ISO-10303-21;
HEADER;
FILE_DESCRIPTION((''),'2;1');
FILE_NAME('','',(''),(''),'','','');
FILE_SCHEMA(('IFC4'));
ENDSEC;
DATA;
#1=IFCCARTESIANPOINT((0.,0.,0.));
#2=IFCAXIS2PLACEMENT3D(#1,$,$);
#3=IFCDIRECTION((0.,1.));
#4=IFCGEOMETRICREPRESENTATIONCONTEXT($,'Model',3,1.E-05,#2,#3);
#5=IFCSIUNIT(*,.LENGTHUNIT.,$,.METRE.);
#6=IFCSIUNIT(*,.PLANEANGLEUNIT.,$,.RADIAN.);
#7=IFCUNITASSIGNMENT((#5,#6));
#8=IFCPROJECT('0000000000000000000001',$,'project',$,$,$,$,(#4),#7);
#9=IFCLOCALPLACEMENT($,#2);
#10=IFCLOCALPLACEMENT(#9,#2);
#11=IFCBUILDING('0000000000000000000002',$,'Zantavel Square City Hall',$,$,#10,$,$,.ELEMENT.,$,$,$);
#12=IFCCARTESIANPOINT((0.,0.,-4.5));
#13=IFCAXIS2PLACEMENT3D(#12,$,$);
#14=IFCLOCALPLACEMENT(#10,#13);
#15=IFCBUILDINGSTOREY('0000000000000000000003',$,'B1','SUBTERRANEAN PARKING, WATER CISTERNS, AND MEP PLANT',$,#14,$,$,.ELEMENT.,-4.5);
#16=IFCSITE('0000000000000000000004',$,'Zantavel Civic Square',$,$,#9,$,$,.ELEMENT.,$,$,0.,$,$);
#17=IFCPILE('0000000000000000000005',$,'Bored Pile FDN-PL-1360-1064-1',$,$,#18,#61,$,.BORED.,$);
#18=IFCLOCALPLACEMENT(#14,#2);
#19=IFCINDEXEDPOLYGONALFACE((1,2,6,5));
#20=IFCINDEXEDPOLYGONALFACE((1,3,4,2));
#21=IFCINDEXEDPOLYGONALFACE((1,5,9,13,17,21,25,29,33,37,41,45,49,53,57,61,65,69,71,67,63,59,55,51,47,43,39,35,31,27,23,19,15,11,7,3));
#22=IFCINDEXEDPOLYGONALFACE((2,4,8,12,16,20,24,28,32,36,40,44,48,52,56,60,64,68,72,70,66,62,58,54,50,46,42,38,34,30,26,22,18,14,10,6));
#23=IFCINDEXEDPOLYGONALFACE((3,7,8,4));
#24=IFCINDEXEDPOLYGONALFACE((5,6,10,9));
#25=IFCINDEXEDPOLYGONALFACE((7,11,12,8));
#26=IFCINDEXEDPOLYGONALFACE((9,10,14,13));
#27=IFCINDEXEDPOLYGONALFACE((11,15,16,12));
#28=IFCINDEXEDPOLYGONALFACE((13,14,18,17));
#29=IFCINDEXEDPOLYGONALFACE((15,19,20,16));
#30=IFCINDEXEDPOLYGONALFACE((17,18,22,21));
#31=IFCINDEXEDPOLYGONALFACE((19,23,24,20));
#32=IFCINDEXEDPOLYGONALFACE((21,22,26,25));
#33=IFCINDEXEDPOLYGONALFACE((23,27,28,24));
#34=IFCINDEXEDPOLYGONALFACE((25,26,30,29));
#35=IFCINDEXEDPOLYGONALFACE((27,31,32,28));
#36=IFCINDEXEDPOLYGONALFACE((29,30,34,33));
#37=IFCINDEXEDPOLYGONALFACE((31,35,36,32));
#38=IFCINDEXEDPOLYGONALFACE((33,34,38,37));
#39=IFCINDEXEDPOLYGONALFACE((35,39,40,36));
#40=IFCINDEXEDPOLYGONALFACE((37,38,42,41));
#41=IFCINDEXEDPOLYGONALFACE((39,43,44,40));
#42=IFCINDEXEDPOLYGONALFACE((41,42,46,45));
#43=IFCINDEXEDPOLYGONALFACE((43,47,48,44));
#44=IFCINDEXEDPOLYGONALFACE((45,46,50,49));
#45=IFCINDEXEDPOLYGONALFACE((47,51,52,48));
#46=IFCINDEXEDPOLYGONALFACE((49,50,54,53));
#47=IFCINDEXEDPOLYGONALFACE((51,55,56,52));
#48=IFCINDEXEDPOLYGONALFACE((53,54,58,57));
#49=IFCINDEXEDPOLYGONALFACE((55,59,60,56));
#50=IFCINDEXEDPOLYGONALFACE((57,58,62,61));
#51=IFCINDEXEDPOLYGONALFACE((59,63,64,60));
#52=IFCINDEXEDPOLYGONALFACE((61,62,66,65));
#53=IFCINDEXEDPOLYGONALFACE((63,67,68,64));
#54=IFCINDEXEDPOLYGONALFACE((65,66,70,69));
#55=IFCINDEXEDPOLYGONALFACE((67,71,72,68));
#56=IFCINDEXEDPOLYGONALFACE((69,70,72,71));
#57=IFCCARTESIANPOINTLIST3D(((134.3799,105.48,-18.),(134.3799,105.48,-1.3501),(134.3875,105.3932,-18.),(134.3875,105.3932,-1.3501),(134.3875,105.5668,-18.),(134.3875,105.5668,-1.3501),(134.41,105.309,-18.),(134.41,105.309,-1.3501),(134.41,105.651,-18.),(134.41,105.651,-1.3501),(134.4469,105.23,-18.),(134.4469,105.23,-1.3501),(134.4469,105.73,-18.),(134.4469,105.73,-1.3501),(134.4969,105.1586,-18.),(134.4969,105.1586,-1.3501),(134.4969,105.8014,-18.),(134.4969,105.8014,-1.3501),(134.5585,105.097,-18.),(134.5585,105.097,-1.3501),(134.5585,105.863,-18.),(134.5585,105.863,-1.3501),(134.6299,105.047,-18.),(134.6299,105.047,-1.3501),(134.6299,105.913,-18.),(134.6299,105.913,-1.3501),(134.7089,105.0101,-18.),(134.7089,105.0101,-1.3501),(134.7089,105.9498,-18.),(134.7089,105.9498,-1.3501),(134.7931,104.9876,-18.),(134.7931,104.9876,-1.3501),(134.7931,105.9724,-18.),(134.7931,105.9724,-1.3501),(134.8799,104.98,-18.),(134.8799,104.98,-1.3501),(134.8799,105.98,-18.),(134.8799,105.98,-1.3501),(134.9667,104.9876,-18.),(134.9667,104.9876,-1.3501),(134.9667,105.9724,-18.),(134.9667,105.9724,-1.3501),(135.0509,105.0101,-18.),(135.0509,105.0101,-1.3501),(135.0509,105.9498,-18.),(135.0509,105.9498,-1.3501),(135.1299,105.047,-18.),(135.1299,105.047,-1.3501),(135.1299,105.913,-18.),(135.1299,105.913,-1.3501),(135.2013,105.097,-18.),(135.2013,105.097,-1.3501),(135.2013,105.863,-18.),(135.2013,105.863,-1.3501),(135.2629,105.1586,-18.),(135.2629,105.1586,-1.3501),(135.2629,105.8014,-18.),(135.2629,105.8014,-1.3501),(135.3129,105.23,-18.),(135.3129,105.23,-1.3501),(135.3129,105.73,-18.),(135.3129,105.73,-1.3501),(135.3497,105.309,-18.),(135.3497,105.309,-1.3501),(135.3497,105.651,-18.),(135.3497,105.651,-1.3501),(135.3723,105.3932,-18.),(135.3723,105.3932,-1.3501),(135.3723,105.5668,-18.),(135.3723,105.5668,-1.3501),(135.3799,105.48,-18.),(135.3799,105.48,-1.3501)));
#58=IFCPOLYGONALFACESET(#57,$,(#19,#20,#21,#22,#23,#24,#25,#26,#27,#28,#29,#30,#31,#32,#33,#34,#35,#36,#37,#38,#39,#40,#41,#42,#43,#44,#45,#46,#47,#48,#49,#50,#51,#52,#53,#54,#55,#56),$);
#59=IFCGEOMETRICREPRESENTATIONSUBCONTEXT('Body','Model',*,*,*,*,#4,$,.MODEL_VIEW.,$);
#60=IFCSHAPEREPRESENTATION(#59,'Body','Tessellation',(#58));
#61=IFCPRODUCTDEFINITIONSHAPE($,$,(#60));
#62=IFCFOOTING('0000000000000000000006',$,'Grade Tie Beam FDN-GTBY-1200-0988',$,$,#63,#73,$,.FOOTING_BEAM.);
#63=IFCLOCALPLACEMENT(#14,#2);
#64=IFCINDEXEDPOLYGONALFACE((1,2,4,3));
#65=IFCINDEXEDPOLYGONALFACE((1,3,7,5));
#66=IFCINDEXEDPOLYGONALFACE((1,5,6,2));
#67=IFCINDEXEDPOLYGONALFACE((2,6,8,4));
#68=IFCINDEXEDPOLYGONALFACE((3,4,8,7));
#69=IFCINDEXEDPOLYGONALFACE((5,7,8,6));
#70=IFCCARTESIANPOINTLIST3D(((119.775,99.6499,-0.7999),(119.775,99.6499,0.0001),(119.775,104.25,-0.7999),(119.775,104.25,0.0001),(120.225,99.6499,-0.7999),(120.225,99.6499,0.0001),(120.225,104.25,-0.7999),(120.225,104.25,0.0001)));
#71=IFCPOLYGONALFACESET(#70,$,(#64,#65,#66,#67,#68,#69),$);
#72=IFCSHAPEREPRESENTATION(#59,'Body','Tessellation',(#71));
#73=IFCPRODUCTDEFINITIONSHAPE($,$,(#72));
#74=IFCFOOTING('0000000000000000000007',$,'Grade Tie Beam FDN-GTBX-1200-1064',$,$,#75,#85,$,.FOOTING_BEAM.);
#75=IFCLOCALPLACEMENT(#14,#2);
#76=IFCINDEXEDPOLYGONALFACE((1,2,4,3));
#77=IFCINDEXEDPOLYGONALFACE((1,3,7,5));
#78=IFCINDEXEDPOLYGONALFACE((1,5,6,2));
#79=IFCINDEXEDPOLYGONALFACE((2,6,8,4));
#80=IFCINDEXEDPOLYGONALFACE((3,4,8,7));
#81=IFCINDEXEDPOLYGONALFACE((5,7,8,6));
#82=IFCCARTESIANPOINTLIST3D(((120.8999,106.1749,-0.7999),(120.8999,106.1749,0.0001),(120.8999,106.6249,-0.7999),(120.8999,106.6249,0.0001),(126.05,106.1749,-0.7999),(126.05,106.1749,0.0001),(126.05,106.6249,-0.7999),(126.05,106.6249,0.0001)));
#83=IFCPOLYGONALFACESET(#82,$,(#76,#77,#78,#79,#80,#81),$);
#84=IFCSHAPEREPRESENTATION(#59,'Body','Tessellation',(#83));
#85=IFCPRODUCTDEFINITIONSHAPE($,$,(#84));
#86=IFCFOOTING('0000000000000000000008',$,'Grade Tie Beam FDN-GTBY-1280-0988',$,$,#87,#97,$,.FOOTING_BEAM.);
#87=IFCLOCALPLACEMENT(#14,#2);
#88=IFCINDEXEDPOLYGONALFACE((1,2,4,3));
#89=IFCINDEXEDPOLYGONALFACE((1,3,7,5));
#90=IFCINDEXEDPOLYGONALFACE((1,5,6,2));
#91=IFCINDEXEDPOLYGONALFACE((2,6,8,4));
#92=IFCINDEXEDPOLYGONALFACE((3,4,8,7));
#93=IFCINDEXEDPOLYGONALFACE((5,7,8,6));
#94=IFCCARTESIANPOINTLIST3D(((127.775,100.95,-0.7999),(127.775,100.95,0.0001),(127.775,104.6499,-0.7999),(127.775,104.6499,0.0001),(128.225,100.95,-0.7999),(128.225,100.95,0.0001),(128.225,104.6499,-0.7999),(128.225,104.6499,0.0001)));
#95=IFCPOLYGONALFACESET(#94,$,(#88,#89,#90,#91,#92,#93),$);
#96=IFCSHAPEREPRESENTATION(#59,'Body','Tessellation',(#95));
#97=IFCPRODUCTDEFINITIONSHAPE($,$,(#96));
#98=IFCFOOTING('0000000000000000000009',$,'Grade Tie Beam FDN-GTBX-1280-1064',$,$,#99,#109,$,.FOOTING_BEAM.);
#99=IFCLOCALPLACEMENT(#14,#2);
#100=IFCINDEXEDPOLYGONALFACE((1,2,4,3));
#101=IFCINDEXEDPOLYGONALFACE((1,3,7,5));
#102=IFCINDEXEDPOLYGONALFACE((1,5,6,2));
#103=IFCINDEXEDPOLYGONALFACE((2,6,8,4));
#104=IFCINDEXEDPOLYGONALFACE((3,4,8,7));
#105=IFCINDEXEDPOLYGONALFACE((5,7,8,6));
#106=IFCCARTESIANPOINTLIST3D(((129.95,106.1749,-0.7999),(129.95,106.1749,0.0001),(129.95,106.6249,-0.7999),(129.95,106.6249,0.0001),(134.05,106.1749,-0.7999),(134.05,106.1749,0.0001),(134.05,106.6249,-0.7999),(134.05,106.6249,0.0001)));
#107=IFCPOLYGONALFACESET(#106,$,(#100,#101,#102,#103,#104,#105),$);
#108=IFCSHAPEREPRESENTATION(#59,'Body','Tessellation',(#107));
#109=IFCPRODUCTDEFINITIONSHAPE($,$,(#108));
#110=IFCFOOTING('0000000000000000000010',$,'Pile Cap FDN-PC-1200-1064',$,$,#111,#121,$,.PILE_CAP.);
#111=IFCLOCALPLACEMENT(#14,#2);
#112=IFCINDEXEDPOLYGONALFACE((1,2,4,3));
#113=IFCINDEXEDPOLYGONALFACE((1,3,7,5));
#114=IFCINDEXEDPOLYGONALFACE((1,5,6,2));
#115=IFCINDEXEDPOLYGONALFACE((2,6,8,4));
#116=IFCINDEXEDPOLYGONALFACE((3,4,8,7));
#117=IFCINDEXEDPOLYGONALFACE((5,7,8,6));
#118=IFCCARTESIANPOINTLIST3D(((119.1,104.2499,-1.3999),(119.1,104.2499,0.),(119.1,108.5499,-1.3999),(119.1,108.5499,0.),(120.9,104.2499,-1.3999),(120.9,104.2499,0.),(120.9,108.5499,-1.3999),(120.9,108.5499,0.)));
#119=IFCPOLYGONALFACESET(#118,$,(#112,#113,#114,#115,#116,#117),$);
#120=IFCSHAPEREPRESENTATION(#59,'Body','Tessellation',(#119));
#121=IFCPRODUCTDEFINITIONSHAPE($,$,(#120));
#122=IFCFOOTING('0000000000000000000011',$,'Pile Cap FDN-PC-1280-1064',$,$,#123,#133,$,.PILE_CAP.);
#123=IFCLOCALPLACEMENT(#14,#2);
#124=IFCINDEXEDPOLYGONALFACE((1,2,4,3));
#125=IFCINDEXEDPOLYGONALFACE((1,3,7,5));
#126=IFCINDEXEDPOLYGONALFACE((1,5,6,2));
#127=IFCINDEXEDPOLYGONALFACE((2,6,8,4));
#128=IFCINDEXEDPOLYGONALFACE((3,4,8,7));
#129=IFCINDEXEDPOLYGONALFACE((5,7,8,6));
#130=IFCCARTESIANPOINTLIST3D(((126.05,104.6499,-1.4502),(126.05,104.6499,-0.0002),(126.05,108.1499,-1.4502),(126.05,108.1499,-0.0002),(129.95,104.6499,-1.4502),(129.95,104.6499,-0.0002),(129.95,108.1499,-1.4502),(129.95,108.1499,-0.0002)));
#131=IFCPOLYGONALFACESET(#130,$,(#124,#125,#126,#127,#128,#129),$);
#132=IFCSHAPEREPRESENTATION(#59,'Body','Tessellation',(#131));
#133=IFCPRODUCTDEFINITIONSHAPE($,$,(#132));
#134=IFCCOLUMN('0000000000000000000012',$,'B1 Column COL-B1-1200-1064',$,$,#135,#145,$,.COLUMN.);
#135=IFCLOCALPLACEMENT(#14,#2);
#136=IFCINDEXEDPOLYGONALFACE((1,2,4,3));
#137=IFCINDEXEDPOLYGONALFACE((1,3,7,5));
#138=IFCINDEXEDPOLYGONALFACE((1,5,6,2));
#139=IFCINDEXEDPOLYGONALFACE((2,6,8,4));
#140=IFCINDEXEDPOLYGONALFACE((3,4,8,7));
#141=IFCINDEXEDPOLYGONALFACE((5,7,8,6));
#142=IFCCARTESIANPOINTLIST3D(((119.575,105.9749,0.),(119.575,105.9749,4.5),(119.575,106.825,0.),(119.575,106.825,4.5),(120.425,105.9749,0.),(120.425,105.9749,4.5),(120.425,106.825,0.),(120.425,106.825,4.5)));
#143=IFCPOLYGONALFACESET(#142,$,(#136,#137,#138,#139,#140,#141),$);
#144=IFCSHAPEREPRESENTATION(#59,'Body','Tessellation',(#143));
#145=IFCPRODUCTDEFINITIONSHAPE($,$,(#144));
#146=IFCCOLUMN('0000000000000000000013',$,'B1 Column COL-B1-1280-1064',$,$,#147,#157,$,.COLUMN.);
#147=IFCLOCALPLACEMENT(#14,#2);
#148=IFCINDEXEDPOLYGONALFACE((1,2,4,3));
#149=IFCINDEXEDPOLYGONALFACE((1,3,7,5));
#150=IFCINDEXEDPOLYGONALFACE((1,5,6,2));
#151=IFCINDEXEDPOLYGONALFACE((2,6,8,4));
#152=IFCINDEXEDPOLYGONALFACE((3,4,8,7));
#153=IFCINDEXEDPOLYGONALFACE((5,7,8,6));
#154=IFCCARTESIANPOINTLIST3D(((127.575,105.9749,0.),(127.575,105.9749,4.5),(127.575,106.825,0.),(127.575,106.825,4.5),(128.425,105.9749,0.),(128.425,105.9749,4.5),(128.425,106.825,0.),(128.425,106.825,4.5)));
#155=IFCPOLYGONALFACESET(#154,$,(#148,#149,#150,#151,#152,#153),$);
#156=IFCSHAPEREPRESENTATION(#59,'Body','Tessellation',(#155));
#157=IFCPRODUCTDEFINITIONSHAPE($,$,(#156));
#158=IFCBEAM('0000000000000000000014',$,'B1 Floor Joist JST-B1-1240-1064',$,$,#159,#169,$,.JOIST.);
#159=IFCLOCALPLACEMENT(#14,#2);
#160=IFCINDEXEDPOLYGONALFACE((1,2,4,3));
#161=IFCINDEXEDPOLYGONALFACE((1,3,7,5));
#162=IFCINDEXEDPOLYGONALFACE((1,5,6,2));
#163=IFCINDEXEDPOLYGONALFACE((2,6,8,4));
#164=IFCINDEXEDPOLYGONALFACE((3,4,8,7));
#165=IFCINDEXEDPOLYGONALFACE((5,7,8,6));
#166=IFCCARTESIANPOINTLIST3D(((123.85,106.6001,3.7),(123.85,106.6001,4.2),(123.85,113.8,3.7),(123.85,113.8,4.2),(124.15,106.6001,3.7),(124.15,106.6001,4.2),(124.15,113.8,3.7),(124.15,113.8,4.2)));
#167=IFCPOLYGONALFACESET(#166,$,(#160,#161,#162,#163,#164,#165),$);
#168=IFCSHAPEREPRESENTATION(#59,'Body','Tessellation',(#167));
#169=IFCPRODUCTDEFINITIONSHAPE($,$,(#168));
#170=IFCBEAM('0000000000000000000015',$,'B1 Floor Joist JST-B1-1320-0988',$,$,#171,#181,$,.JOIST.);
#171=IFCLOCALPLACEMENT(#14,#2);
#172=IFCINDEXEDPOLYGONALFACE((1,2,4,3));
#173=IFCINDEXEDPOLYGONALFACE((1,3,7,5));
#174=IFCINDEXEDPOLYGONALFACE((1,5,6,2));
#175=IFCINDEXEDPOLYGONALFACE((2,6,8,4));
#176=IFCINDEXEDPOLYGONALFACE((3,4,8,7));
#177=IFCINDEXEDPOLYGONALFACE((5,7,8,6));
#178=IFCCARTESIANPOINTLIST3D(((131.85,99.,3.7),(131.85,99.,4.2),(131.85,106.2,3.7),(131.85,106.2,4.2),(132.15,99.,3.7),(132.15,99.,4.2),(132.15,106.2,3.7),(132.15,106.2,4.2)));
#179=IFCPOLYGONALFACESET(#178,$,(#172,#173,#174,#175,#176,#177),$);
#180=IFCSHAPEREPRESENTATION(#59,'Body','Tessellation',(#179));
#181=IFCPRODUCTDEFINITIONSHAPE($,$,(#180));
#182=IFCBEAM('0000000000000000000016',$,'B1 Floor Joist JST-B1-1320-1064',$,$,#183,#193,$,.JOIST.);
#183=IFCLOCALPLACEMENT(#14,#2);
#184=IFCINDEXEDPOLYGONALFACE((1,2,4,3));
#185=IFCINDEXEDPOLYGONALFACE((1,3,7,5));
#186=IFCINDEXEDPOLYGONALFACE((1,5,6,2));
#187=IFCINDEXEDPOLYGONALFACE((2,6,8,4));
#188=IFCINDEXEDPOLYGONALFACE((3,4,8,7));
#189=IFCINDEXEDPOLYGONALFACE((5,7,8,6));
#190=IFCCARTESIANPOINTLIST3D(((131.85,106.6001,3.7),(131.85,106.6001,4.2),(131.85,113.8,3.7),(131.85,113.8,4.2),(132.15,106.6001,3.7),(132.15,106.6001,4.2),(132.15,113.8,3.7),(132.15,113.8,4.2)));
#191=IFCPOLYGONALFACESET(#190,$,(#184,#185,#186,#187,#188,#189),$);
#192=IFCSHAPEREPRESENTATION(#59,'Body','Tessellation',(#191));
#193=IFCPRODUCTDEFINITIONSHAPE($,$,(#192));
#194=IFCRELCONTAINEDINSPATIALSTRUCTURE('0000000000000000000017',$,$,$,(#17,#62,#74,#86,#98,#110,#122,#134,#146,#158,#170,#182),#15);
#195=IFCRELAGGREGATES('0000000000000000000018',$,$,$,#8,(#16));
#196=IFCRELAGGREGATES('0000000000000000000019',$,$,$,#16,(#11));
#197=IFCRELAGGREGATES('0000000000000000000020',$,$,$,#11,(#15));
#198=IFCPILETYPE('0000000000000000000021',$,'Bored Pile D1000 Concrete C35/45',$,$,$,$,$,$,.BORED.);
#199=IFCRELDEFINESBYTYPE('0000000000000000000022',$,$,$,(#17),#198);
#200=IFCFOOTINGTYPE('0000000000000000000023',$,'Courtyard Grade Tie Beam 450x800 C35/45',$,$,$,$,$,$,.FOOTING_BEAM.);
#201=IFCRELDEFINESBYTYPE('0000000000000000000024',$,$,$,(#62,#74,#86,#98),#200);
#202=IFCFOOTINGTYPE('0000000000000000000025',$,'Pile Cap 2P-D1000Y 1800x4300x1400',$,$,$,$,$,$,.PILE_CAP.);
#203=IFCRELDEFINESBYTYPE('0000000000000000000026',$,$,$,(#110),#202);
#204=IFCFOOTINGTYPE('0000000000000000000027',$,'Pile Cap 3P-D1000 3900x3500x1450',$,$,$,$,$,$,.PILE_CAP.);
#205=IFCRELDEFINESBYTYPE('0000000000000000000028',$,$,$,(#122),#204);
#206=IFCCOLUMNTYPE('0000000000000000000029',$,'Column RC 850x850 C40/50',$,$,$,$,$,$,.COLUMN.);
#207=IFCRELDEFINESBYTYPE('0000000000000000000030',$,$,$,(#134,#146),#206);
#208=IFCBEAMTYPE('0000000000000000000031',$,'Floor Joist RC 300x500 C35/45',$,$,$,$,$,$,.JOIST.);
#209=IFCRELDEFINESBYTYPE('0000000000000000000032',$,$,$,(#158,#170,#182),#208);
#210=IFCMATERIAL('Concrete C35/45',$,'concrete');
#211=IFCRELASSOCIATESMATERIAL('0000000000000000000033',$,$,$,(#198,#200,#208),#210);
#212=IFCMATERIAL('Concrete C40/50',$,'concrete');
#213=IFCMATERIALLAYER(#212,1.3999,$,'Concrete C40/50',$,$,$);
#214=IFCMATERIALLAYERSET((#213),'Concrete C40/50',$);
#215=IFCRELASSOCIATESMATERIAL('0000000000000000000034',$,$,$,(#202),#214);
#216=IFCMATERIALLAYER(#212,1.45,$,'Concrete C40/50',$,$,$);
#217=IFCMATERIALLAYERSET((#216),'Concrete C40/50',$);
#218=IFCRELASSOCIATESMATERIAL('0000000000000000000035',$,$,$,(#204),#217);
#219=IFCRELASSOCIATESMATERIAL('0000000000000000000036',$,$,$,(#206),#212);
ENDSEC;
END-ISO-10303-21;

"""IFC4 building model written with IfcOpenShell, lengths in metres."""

from ifc_helpers import new_model, si_unit, direction, frame, origin, origin_2d, place, context, subcontext, project, spatial, rectangle, circle, extrude, material, layer, layer_set, material_profile, profile_set, type_object, element, save


model = new_model("IFC4")

# Units and contexts
model_context = context("Model", 3, precision=1e-05, world=origin(), true_north=direction((0.0, 1.0)))
body_context = subcontext(model_context, "Body", "Model", "MODEL_VIEW")
ifc_project = project(units=[si_unit("LENGTHUNIT", "METRE"), si_unit("PLANEANGLEUNIT", "RADIAN")], contexts=[model_context])

# Site, building, storey
site_placement = place(None, origin())
site = spatial("IfcSite", under=ifc_project, at=site_placement, Name="Zantavel Civic Square", CompositionType="ELEMENT", RefElevation=0.0)
building_placement = place(site_placement, origin())
building = spatial("IfcBuilding", under=site, at=building_placement, Name="Zantavel Square City Hall", CompositionType="ELEMENT")
storey_placement = place(building_placement, frame((0.0, 0.0, -4.5)))
storey = spatial("IfcBuildingStorey", under=building, at=storey_placement, Name="B1", Description="SUBTERRANEAN PARKING, WATER CISTERNS, AND MEP PLANT", CompositionType="ELEMENT", Elevation=-4.5)

# Pile
ifc_material_1 = material(Name="Concrete C35/45", Category="concrete")
ifc_material_profile_1 = material_profile(ifc_material_1, circle(Radius=0.5, at=origin_2d()), Name="PILE D1000")
ifc_profile_set_1 = profile_set([ifc_material_profile_1], Name="Concrete C35/45")
pile_type = type_object("IfcPileType", Name="Bored Pile D1000 Concrete C35/45", PredefinedType="BORED", material=ifc_profile_set_1)
for number, where, z_axis, x_axis, name in (
    (1, (134.8799, 105.48, -1.3501), (0.0, 0.0, -1.0), (1.0, 0.0, 0.0), "Bored Pile FDN-PL-1360-1064-1"),
):
    element("IfcPile", number, at=place(storey_placement, frame(where, z_axis=z_axis, x_axis=x_axis)), inside=storey, type_object=pile_type, Name=name, PredefinedType="BORED", context=body_context, shape_type="SweptSolid", body=[
        extrude(circle(Radius=0.5, at=origin_2d()), origin(), (0.0, 0.0, 1.0), 16.6499),
    ])

# Footings
ifc_material_profile_2 = material_profile(ifc_material_1, rectangle(XDim=0.45, YDim=0.8, at=origin_2d()), Name="RC 450x800")
ifc_profile_set_2 = profile_set([ifc_material_profile_2], Name="Concrete C35/45")
footing_type_1 = type_object("IfcFootingType", Name="Courtyard Grade Tie Beam 450x800 C35/45", PredefinedType="FOOTING_BEAM", material=ifc_profile_set_2)
footing_1_placement = place(storey_placement, frame((120.0, 99.6499, -0.3999), z_axis=(0.0, 1.0, 0.0), x_axis=(-1.0, 0.0, 0.0)))
element("IfcFooting", 2, at=footing_1_placement, inside=storey, type_object=footing_type_1, Name="Grade Tie Beam FDN-GTBY-1200-0988", PredefinedType="FOOTING_BEAM", context=body_context, shape_type="SweptSolid", body=[
    extrude(rectangle(XDim=0.45, YDim=0.8, at=origin_2d()), origin(), (0.0, 0.0, 1.0), 4.6001),
])
footing_2_placement = place(storey_placement, frame((120.8999, 106.3999, -0.3999), z_axis=(1.0, 0.0, 0.0), x_axis=(0.0, 1.0, 0.0)))
element("IfcFooting", 3, at=footing_2_placement, inside=storey, type_object=footing_type_1, Name="Grade Tie Beam FDN-GTBX-1200-1064", PredefinedType="FOOTING_BEAM", context=body_context, shape_type="SweptSolid", body=[
    extrude(rectangle(XDim=0.45, YDim=0.8, at=origin_2d()), origin(), (0.0, 0.0, 1.0), 5.1501),
])
footing_3_placement = place(storey_placement, frame((128.0, 100.95, -0.3999), z_axis=(0.0, 1.0, 0.0), x_axis=(-1.0, 0.0, 0.0)))
element("IfcFooting", 4, at=footing_3_placement, inside=storey, type_object=footing_type_1, Name="Grade Tie Beam FDN-GTBY-1280-0988", PredefinedType="FOOTING_BEAM", context=body_context, shape_type="SweptSolid", body=[
    extrude(rectangle(XDim=0.45, YDim=0.8, at=origin_2d()), origin(), (0.0, 0.0, 1.0), 3.7),
])
footing_4_placement = place(storey_placement, frame((129.95, 106.3999, -0.3999), z_axis=(1.0, 0.0, 0.0), x_axis=(0.0, 1.0, 0.0)))
element("IfcFooting", 5, at=footing_4_placement, inside=storey, type_object=footing_type_1, Name="Grade Tie Beam FDN-GTBX-1280-1064", PredefinedType="FOOTING_BEAM", context=body_context, shape_type="SweptSolid", body=[
    extrude(rectangle(XDim=0.45, YDim=0.8, at=origin_2d()), origin(), (0.0, 0.0, 1.0), 4.1001),
])
ifc_material_2 = material(Name="Concrete C40/50", Category="concrete")
ifc_layer_1 = layer(ifc_material_2, 1.3999, Name="Concrete C40/50")
ifc_layer_set_1 = layer_set([ifc_layer_1], Name="Concrete C40/50")
footing_type_2 = type_object("IfcFootingType", Name="Pile Cap 2P-D1000Y 1800x4300x1400", PredefinedType="PILE_CAP", material=ifc_layer_set_1)
footing_5_placement = place(storey_placement, frame((120.0, 106.3999, -1.3999), z_axis=(0.0, 0.0, 1.0), x_axis=(1.0, 0.0, 0.0)))
element("IfcFooting", 6, at=footing_5_placement, inside=storey, type_object=footing_type_2, Name="Pile Cap FDN-PC-1200-1064", PredefinedType="PILE_CAP", context=body_context, shape_type="SweptSolid", body=[
    extrude(rectangle(XDim=1.8, YDim=4.3, at=origin_2d()), origin(), (0.0, 0.0, 1.0), 1.3999),
])
ifc_layer_2 = layer(ifc_material_2, 1.45, Name="Concrete C40/50")
ifc_layer_set_2 = layer_set([ifc_layer_2], Name="Concrete C40/50")
footing_type_3 = type_object("IfcFootingType", Name="Pile Cap 3P-D1000 3900x3500x1450", PredefinedType="PILE_CAP", material=ifc_layer_set_2)
footing_6_placement = place(storey_placement, frame((128.0, 106.3999, -1.4502), z_axis=(0.0, 0.0, 1.0), x_axis=(1.0, 0.0, 0.0)))
element("IfcFooting", 7, at=footing_6_placement, inside=storey, type_object=footing_type_3, Name="Pile Cap FDN-PC-1280-1064", PredefinedType="PILE_CAP", context=body_context, shape_type="SweptSolid", body=[
    extrude(rectangle(XDim=3.8999, YDim=3.5, at=origin_2d()), origin(), (0.0, 0.0, 1.0), 1.45),
])

# Columns
ifc_material_profile_3 = material_profile(ifc_material_2, rectangle(XDim=0.8501, YDim=0.8501, at=origin_2d()), Name="RC 850x850")
ifc_profile_set_3 = profile_set([ifc_material_profile_3], Name="Concrete C40/50")
column_type = type_object("IfcColumnType", Name="Column RC 850x850 C40/50", PredefinedType="COLUMN", material=ifc_profile_set_3)
for number, where, z_axis, x_axis, name in (
    (8, (120.0, 106.3999, 0.0), (0.0, 0.0, 1.0), (1.0, 0.0, 0.0), "B1 Column COL-B1-1200-1064"),
    (9, (128.0, 106.3999, 0.0), (0.0, 0.0, 1.0), (1.0, 0.0, 0.0), "B1 Column COL-B1-1280-1064"),
):
    element("IfcColumn", number, at=place(storey_placement, frame(where, z_axis=z_axis, x_axis=x_axis)), inside=storey, type_object=column_type, Name=name, PredefinedType="COLUMN", context=body_context, shape_type="SweptSolid", body=[
        extrude(rectangle(XDim=0.8501, YDim=0.8501, at=origin_2d()), origin(), (0.0, 0.0, 1.0), 4.5),
    ])

# Beams
ifc_material_profile_4 = material_profile(ifc_material_1, rectangle(XDim=0.3, YDim=0.5, at=origin_2d()), Name="RC 300x500")
ifc_profile_set_4 = profile_set([ifc_material_profile_4], Name="Concrete C35/45")
beam_type_1 = type_object("IfcBeamType", Name="Floor Joist RC 300x500 C35/45", PredefinedType="JOIST", material=ifc_profile_set_4)
for number, where, z_axis, x_axis, name in (
    (10, (124.0, 106.6001, 3.95), (0.0, 1.0, 0.0), (-1.0, 0.0, 0.0), "B1 Floor Joist JST-B1-1240-1064"),
    (11, (132.0, 99.0, 3.95), (0.0, 1.0, 0.0), (-1.0, 0.0, 0.0), "B1 Floor Joist JST-B1-1320-0988"),
    (12, (132.0, 106.6001, 3.95), (0.0, 1.0, 0.0), (-1.0, 0.0, 0.0), "B1 Floor Joist JST-B1-1320-1064"),
):
    element("IfcBeam", number, at=place(storey_placement, frame(where, z_axis=z_axis, x_axis=x_axis)), inside=storey, type_object=beam_type_1, Name=name, PredefinedType="JOIST", context=body_context, shape_type="SweptSolid", body=[
        extrude(rectangle(XDim=0.3, YDim=0.5, at=origin_2d()), origin(), (0.0, 0.0, 1.0), 7.2),
    ])

save(model, "model.ifc")
